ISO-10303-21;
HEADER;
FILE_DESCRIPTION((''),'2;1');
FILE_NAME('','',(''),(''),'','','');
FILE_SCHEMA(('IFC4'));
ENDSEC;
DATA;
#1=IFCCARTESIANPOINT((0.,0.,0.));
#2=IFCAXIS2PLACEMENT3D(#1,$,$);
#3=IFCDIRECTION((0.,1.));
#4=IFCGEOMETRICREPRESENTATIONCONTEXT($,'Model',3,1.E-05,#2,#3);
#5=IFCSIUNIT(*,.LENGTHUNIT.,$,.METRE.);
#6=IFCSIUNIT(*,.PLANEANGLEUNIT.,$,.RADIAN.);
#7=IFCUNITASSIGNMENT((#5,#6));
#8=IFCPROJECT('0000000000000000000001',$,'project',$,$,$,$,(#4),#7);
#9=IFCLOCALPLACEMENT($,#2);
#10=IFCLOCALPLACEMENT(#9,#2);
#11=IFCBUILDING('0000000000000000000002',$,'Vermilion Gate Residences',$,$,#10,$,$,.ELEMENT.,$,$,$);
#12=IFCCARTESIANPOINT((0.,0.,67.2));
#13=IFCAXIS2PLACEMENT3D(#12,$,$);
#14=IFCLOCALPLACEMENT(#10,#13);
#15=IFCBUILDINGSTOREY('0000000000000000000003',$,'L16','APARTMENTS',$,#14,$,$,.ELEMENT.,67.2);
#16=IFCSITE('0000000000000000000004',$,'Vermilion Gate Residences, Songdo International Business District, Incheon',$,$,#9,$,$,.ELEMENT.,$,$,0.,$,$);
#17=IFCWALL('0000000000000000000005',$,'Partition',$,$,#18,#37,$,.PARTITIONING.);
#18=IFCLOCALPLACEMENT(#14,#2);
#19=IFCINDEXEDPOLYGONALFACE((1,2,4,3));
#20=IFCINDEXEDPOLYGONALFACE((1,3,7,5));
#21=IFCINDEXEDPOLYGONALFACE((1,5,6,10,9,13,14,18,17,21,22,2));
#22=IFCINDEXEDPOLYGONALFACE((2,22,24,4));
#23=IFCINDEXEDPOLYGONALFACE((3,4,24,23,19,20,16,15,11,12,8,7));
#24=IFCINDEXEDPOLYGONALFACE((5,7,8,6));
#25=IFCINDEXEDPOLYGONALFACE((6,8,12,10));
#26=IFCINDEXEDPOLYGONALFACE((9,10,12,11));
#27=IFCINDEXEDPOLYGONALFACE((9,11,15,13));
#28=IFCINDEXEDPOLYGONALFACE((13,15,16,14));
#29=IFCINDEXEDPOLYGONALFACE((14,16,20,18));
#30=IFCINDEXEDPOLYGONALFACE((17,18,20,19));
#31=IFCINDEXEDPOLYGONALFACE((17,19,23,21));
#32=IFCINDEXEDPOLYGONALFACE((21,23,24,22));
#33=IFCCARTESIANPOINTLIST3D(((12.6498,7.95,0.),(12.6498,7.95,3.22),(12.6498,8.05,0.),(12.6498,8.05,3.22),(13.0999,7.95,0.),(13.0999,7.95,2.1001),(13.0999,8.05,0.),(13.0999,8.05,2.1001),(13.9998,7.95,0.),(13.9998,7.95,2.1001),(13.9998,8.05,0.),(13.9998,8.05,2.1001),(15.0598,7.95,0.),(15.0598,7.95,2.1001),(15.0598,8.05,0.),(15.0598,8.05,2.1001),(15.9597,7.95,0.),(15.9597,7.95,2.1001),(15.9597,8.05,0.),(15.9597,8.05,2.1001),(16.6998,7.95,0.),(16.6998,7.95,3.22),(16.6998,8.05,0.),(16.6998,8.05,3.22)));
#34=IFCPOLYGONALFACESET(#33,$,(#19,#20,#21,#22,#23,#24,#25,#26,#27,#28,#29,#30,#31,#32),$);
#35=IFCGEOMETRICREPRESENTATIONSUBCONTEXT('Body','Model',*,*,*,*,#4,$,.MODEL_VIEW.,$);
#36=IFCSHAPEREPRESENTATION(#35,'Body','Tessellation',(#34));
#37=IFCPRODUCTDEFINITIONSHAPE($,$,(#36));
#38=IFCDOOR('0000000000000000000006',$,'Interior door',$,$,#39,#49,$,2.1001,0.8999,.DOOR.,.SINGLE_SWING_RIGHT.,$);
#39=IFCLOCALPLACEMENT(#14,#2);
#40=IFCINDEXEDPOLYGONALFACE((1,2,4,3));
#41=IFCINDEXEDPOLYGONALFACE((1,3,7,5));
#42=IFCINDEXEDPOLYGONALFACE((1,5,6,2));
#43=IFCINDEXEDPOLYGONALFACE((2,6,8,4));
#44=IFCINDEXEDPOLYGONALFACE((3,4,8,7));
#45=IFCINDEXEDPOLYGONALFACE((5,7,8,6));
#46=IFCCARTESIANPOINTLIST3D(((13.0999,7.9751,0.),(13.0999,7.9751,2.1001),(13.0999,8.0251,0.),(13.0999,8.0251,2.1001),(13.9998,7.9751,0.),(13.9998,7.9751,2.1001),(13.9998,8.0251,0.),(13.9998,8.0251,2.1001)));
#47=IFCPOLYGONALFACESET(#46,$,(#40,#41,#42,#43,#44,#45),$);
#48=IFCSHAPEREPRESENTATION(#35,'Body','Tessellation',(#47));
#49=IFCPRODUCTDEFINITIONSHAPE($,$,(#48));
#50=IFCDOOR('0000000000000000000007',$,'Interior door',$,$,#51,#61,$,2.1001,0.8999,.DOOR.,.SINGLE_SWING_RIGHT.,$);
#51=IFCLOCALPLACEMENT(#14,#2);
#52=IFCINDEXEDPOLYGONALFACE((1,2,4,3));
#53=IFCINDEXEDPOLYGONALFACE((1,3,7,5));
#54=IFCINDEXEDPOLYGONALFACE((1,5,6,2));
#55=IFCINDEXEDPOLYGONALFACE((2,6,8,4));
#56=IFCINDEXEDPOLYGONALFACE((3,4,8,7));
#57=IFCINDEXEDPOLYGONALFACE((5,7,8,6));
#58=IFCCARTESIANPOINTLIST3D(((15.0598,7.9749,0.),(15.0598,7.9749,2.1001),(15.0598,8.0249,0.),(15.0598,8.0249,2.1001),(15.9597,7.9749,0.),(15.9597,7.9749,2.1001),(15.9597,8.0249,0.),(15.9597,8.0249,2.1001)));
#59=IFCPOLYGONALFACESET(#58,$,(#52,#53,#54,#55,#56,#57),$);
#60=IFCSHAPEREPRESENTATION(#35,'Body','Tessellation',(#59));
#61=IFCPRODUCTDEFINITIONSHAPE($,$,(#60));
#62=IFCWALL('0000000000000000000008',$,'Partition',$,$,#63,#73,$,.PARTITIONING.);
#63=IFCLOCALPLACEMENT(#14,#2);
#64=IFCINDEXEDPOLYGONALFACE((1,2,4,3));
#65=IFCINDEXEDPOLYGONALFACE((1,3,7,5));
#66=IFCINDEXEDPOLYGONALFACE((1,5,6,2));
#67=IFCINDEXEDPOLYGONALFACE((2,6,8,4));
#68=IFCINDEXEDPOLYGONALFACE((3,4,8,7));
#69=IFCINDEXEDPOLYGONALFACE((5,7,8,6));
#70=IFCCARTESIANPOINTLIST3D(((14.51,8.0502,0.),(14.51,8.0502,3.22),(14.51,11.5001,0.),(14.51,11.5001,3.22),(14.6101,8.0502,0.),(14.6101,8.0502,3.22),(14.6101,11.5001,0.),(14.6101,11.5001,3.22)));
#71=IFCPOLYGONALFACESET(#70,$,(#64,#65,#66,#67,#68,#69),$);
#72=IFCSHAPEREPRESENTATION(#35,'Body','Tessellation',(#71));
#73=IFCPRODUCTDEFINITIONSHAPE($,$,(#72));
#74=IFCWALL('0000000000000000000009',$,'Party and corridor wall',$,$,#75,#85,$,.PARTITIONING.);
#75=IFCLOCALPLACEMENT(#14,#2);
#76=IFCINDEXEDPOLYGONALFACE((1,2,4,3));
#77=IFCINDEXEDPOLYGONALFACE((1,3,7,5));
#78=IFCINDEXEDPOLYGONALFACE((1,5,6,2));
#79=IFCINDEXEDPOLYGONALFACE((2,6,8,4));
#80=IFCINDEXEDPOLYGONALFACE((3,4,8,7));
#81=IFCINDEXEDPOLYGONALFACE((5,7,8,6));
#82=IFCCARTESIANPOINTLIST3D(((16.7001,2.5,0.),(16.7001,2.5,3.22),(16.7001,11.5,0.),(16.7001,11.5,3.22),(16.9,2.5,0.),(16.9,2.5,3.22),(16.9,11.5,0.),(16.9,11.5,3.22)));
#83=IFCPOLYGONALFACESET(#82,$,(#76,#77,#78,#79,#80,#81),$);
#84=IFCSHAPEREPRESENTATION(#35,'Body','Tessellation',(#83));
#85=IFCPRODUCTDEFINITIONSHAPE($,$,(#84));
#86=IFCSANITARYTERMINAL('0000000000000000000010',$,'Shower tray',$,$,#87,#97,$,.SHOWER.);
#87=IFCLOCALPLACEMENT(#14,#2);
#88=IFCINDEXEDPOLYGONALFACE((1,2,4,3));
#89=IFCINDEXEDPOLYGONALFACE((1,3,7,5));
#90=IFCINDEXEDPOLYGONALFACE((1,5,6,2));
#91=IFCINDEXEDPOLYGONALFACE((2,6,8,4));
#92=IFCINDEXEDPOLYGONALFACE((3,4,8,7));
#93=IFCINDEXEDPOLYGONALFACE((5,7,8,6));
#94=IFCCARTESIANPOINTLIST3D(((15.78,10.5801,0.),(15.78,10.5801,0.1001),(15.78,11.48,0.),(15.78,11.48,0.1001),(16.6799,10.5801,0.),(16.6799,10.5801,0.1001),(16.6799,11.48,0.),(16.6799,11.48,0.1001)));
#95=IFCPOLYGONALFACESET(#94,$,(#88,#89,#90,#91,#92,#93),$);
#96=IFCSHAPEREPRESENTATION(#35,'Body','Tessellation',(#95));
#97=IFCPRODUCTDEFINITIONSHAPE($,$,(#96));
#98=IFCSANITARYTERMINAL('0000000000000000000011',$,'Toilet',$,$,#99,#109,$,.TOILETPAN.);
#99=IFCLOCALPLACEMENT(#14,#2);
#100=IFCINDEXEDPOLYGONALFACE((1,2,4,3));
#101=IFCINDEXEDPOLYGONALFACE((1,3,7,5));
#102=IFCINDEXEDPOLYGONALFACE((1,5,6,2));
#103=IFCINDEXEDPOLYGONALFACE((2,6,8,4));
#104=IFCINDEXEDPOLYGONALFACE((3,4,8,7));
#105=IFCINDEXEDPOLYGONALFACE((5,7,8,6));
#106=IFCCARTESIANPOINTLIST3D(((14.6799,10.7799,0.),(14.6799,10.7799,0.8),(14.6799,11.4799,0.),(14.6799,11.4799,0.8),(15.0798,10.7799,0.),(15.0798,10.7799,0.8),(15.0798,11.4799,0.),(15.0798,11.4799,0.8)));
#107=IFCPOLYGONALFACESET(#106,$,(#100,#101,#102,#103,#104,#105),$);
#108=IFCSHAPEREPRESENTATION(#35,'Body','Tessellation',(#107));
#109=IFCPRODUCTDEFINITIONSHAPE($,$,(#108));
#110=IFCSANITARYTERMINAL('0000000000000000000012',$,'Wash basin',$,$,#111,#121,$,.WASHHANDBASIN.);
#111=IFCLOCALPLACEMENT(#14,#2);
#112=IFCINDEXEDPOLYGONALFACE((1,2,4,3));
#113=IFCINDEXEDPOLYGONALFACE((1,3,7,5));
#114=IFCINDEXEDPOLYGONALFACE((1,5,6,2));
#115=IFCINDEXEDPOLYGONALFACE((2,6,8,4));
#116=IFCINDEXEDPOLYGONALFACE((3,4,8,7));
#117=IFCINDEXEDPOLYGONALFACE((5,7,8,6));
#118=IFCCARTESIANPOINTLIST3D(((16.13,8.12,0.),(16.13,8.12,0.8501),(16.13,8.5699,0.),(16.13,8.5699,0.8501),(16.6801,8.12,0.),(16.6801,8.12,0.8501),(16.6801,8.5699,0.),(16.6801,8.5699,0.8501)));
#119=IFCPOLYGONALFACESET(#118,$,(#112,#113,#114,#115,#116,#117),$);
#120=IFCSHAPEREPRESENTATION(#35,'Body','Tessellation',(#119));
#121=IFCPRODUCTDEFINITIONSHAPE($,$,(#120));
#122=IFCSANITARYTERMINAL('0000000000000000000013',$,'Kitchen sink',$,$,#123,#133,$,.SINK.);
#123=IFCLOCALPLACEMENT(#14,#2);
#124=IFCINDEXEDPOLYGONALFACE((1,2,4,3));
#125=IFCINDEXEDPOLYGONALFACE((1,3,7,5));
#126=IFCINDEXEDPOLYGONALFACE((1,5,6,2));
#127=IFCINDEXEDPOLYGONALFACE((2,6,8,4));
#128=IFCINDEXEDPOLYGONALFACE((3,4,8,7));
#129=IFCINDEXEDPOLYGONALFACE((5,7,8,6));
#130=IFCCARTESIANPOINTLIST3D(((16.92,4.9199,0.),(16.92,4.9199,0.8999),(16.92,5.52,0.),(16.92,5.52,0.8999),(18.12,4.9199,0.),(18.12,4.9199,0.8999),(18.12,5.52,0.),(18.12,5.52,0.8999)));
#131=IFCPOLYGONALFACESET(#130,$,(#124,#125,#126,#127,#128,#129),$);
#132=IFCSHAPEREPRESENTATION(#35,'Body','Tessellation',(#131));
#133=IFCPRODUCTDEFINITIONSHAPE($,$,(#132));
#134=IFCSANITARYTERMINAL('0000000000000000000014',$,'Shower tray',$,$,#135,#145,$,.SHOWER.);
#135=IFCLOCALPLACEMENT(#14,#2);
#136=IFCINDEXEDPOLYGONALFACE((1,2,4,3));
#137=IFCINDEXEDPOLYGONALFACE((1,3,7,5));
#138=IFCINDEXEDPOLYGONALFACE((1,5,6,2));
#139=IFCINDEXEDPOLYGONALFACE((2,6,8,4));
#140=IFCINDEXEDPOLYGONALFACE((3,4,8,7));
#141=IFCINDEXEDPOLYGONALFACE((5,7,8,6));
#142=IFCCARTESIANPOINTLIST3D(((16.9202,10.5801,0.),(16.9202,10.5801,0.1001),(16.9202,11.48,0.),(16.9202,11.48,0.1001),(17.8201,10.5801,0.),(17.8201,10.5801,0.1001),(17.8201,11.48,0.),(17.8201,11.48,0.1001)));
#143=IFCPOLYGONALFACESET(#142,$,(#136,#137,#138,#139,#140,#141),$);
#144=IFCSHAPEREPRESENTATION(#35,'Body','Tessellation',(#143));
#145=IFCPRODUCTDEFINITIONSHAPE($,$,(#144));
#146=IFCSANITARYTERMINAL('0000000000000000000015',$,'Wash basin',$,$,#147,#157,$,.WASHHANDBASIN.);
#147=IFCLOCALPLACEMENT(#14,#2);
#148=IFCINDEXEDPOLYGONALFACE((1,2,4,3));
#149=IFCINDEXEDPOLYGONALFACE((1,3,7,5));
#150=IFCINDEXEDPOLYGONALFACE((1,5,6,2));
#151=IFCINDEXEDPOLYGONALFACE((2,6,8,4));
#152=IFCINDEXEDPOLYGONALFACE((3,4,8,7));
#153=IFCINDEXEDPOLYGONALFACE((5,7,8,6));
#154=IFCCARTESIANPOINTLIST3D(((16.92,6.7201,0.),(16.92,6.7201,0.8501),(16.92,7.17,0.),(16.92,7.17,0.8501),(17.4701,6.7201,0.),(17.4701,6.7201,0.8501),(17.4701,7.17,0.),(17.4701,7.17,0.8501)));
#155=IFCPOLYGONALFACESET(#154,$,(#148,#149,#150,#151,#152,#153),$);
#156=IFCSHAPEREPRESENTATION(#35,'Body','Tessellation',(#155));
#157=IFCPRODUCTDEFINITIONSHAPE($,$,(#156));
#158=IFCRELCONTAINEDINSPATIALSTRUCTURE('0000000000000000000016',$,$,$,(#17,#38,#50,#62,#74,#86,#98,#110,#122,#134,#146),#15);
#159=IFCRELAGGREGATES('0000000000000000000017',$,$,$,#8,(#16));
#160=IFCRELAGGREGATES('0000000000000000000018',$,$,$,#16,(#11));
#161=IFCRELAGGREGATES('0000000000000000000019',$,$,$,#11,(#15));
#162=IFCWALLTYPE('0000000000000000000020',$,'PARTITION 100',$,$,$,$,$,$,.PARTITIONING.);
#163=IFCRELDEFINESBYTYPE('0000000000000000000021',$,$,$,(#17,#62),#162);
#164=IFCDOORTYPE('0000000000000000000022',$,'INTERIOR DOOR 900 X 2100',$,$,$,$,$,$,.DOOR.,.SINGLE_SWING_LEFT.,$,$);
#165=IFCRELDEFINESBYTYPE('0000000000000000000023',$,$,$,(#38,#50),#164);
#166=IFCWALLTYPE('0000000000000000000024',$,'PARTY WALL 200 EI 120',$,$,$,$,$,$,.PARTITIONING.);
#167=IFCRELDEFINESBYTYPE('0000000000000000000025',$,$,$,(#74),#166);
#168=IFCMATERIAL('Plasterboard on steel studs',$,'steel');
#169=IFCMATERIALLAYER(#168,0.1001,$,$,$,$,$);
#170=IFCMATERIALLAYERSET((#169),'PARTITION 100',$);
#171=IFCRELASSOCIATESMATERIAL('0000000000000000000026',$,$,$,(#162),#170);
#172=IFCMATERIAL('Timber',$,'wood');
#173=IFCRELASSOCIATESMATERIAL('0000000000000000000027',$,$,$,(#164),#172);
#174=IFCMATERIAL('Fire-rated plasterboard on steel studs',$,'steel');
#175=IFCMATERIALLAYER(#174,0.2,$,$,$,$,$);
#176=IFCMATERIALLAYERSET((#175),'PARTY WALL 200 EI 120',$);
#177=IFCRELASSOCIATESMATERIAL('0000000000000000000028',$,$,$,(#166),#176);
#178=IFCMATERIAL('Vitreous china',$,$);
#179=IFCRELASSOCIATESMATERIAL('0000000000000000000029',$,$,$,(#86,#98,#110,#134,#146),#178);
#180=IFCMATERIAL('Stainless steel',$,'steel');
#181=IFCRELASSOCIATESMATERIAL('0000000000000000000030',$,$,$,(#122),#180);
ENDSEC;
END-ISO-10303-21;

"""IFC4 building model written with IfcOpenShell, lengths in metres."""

from ifc_helpers import new_model, si_unit, direction, frame, frame_2d, origin, origin_2d, place, context, subcontext, project, spatial, rectangle, extrude, material, layer, layer_set, type_object, element, fill, save


model = new_model("IFC4")

# Units and contexts
model_context = context("Model", 3, precision=1e-05, world=origin(), true_north=direction((0.0, 1.0)))
body_context = subcontext(model_context, "Body", "Model", "MODEL_VIEW")
ifc_project = project(units=[si_unit("LENGTHUNIT", "METRE"), si_unit("PLANEANGLEUNIT", "RADIAN")], contexts=[model_context])

# Site, building, storey
site_placement = place(None, origin())
site = spatial("IfcSite", under=ifc_project, at=site_placement, Name="Vermilion Gate Residences, Songdo International Business District, Incheon", CompositionType="ELEMENT", RefElevation=0.0)
building_placement = place(site_placement, origin())
building = spatial("IfcBuilding", under=site, at=building_placement, Name="Vermilion Gate Residences", CompositionType="ELEMENT")
storey_placement = place(building_placement, frame((0.0, 0.0, 67.2)))
storey = spatial("IfcBuildingStorey", under=building, at=storey_placement, Name="L16", Description="APARTMENTS", CompositionType="ELEMENT", Elevation=67.2)

# Shared definitions
ifc_material_1 = material(Name="Plasterboard on steel studs", Category="steel")
ifc_layer_1 = layer(ifc_material_1, 0.1001)
ifc_layer_set_1 = layer_set([ifc_layer_1], Name="PARTITION 100")
wall_type_1 = type_object("IfcWallType", Name="PARTITION 100", PredefinedType="PARTITIONING", material=ifc_layer_set_1)
ifc_material_2 = material(Name="Timber", Category="wood")
door_type = type_object("IfcDoorType", Name="INTERIOR DOOR 900 X 2100", OperationType="SINGLE_SWING_LEFT", PredefinedType="DOOR", material=ifc_material_2)

# Wall, openings, doors
wall_1_placement = place(storey_placement, frame((12.6499, 8.0, 0.0), z_axis=(0.0, 0.0, 1.0), x_axis=(1.0, 0.0, 0.0)))
wall_1 = element("IfcWall", 1, at=wall_1_placement, inside=storey, type_object=wall_type_1, Name="Partition", PredefinedType="PARTITIONING", context=body_context, shape_type="SweptSolid", body=[
    extrude(rectangle(XDim=4.05, YDim=0.1001, at=frame_2d((2.0249, 0.0))), origin(), (0.0, 0.0, 1.0), 3.22),
])
opening_1_placement = place(wall_1_placement, frame((0.45, 0.0, 0.0)))
opening_1 = element("IfcOpeningElement", 2, at=opening_1_placement, cuts=wall_1, PredefinedType="OPENING", context=body_context, shape_type="SweptSolid", body=[
    extrude(rectangle(XDim=0.8999, YDim=2.1001, at=frame_2d((0.45, 1.05))), frame((0.0, 0.0601, 0.0), z_axis=(0.0, -1.0, 0.0), x_axis=(1.0, 0.0, 0.0)), (0.0, 0.0, 1.0), 0.1201),
])
opening_2_placement = place(wall_1_placement, frame((2.4099, 0.0, 0.0)))
opening_2 = element("IfcOpeningElement", 3, at=opening_2_placement, cuts=wall_1, PredefinedType="OPENING", context=body_context, shape_type="SweptSolid", body=[
    extrude(rectangle(XDim=0.8999, YDim=2.1001, at=frame_2d((0.45, 1.05))), frame((0.0, 0.0601, 0.0), z_axis=(0.0, -1.0, 0.0), x_axis=(1.0, 0.0, 0.0)), (0.0, 0.0, 1.0), 0.1201),
])
door_1_placement = place(opening_1_placement, frame((0.8999, 0.0, 0.0), z_axis=(0.0, 0.0, 1.0), x_axis=(-1.0, 0.0, 0.0)))
door_1 = element("IfcDoor", 4, at=door_1_placement, inside=storey, type_object=door_type, Name="Interior door", OperationType="SINGLE_SWING_RIGHT", OverallHeight=2.1001, OverallWidth=0.8999, PredefinedType="DOOR", context=body_context, shape_type="SweptSolid", body=[
    extrude(rectangle(XDim=0.8999, YDim=2.1001, at=frame_2d((0.45, 1.05))), frame((0.0, 0.0249, 0.0), z_axis=(0.0, -1.0, 0.0), x_axis=(1.0, 0.0, 0.0)), (0.0, 0.0, 1.0), 0.05),
])
fill(opening_1, door_1)
door_2_placement = place(opening_2_placement, origin())
door_2 = element("IfcDoor", 5, at=door_2_placement, inside=storey, type_object=door_type, Name="Interior door", OperationType="SINGLE_SWING_RIGHT", OverallHeight=2.1001, OverallWidth=0.8999, PredefinedType="DOOR", context=body_context, shape_type="SweptSolid", body=[
    extrude(rectangle(XDim=0.8999, YDim=2.1001, at=frame_2d((0.45, 1.05))), frame((0.0, 0.0249, 0.0), z_axis=(0.0, -1.0, 0.0), x_axis=(1.0, 0.0, 0.0)), (0.0, 0.0, 1.0), 0.05),
])
fill(opening_2, door_2)

# Walls
wall_2_placement = place(storey_placement, frame((14.5601, 8.05, 0.0), z_axis=(0.0, 0.0, 1.0), x_axis=(0.0, 1.0, 0.0)))
element("IfcWall", 6, at=wall_2_placement, inside=storey, type_object=wall_type_1, Name="Partition", PredefinedType="PARTITIONING", context=body_context, shape_type="SweptSolid", body=[
    extrude(rectangle(XDim=3.45, YDim=0.1001, at=frame_2d((1.7251, 0.0))), origin(), (0.0, 0.0, 1.0), 3.22),
])
ifc_material_3 = material(Name="Fire-rated plasterboard on steel studs", Category="steel")
ifc_layer_2 = layer(ifc_material_3, 0.2)
ifc_layer_set_2 = layer_set([ifc_layer_2], Name="PARTY WALL 200 EI 120")
wall_type_2 = type_object("IfcWallType", Name="PARTY WALL 200 EI 120", PredefinedType="PARTITIONING", material=ifc_layer_set_2)
wall_3_placement = place(storey_placement, frame((16.8, 2.5, 0.0), z_axis=(0.0, 0.0, 1.0), x_axis=(0.0, 1.0, 0.0)))
element("IfcWall", 7, at=wall_3_placement, inside=storey, type_object=wall_type_2, Name="Party and corridor wall", PredefinedType="PARTITIONING", context=body_context, shape_type="SweptSolid", body=[
    extrude(rectangle(XDim=9.0, YDim=0.2, at=frame_2d((4.5, 0.0))), origin(), (0.0, 0.0, 1.0), 3.22),
])

# Sanitary terminals
ifc_material_4 = material(Name="Vitreous china")
sanitary_terminal_1_placement = place(storey_placement, frame((16.23, 11.03, 0.0), z_axis=(0.0, 0.0, 1.0), x_axis=(1.0, 0.0, 0.0)))
element("IfcSanitaryTerminal", 8, at=sanitary_terminal_1_placement, inside=storey, material=ifc_material_4, Name="Shower tray", PredefinedType="SHOWER", context=body_context, shape_type="SweptSolid", body=[
    extrude(rectangle(XDim=0.8999, YDim=0.8999, at=origin_2d()), origin(), (0.0, 0.0, 1.0), 0.1001),
])
sanitary_terminal_2_placement = place(storey_placement, frame((14.8799, 11.1299, 0.0), z_axis=(0.0, 0.0, 1.0), x_axis=(1.0, 0.0, 0.0)))
element("IfcSanitaryTerminal", 9, at=sanitary_terminal_2_placement, inside=storey, material=ifc_material_4, Name="Toilet", PredefinedType="TOILETPAN", context=body_context, shape_type="SweptSolid", body=[
    extrude(rectangle(XDim=0.3999, YDim=0.7, at=origin_2d()), origin(), (0.0, 0.0, 1.0), 0.8),
])
sanitary_terminal_3_placement = place(storey_placement, frame((16.405, 8.345, 0.0), z_axis=(0.0, 0.0, 1.0), x_axis=(1.0, 0.0, 0.0)))
element("IfcSanitaryTerminal", 10, at=sanitary_terminal_3_placement, inside=storey, material=ifc_material_4, Name="Wash basin", PredefinedType="WASHHANDBASIN", context=body_context, shape_type="SweptSolid", body=[
    extrude(rectangle(XDim=0.55, YDim=0.45, at=origin_2d()), origin(), (0.0, 0.0, 1.0), 0.8501),
])
ifc_material_5 = material(Name="Stainless steel", Category="steel")
sanitary_terminal_4_placement = place(storey_placement, frame((17.52, 5.22, 0.0), z_axis=(0.0, 0.0, 1.0), x_axis=(1.0, 0.0, 0.0)))
element("IfcSanitaryTerminal", 11, at=sanitary_terminal_4_placement, inside=storey, material=ifc_material_5, Name="Kitchen sink", PredefinedType="SINK", context=body_context, shape_type="SweptSolid", body=[
    extrude(rectangle(XDim=1.2, YDim=0.6001, at=origin_2d()), origin(), (0.0, 0.0, 1.0), 0.8999),
])
sanitary_terminal_5_placement = place(storey_placement, frame((17.3701, 11.03, 0.0), z_axis=(0.0, 0.0, 1.0), x_axis=(1.0, 0.0, 0.0)))
element("IfcSanitaryTerminal", 12, at=sanitary_terminal_5_placement, inside=storey, material=ifc_material_4, Name="Shower tray", PredefinedType="SHOWER", context=body_context, shape_type="SweptSolid", body=[
    extrude(rectangle(XDim=0.8999, YDim=0.8999, at=origin_2d()), origin(), (0.0, 0.0, 1.0), 0.1001),
])
sanitary_terminal_6_placement = place(storey_placement, frame((17.1951, 6.9451, 0.0), z_axis=(0.0, 0.0, 1.0), x_axis=(1.0, 0.0, 0.0)))
element("IfcSanitaryTerminal", 13, at=sanitary_terminal_6_placement, inside=storey, material=ifc_material_4, Name="Wash basin", PredefinedType="WASHHANDBASIN", context=body_context, shape_type="SweptSolid", body=[
    extrude(rectangle(XDim=0.55, YDim=0.45, at=origin_2d()), origin(), (0.0, 0.0, 1.0), 0.8501),
])

save(model, "model.ifc")
